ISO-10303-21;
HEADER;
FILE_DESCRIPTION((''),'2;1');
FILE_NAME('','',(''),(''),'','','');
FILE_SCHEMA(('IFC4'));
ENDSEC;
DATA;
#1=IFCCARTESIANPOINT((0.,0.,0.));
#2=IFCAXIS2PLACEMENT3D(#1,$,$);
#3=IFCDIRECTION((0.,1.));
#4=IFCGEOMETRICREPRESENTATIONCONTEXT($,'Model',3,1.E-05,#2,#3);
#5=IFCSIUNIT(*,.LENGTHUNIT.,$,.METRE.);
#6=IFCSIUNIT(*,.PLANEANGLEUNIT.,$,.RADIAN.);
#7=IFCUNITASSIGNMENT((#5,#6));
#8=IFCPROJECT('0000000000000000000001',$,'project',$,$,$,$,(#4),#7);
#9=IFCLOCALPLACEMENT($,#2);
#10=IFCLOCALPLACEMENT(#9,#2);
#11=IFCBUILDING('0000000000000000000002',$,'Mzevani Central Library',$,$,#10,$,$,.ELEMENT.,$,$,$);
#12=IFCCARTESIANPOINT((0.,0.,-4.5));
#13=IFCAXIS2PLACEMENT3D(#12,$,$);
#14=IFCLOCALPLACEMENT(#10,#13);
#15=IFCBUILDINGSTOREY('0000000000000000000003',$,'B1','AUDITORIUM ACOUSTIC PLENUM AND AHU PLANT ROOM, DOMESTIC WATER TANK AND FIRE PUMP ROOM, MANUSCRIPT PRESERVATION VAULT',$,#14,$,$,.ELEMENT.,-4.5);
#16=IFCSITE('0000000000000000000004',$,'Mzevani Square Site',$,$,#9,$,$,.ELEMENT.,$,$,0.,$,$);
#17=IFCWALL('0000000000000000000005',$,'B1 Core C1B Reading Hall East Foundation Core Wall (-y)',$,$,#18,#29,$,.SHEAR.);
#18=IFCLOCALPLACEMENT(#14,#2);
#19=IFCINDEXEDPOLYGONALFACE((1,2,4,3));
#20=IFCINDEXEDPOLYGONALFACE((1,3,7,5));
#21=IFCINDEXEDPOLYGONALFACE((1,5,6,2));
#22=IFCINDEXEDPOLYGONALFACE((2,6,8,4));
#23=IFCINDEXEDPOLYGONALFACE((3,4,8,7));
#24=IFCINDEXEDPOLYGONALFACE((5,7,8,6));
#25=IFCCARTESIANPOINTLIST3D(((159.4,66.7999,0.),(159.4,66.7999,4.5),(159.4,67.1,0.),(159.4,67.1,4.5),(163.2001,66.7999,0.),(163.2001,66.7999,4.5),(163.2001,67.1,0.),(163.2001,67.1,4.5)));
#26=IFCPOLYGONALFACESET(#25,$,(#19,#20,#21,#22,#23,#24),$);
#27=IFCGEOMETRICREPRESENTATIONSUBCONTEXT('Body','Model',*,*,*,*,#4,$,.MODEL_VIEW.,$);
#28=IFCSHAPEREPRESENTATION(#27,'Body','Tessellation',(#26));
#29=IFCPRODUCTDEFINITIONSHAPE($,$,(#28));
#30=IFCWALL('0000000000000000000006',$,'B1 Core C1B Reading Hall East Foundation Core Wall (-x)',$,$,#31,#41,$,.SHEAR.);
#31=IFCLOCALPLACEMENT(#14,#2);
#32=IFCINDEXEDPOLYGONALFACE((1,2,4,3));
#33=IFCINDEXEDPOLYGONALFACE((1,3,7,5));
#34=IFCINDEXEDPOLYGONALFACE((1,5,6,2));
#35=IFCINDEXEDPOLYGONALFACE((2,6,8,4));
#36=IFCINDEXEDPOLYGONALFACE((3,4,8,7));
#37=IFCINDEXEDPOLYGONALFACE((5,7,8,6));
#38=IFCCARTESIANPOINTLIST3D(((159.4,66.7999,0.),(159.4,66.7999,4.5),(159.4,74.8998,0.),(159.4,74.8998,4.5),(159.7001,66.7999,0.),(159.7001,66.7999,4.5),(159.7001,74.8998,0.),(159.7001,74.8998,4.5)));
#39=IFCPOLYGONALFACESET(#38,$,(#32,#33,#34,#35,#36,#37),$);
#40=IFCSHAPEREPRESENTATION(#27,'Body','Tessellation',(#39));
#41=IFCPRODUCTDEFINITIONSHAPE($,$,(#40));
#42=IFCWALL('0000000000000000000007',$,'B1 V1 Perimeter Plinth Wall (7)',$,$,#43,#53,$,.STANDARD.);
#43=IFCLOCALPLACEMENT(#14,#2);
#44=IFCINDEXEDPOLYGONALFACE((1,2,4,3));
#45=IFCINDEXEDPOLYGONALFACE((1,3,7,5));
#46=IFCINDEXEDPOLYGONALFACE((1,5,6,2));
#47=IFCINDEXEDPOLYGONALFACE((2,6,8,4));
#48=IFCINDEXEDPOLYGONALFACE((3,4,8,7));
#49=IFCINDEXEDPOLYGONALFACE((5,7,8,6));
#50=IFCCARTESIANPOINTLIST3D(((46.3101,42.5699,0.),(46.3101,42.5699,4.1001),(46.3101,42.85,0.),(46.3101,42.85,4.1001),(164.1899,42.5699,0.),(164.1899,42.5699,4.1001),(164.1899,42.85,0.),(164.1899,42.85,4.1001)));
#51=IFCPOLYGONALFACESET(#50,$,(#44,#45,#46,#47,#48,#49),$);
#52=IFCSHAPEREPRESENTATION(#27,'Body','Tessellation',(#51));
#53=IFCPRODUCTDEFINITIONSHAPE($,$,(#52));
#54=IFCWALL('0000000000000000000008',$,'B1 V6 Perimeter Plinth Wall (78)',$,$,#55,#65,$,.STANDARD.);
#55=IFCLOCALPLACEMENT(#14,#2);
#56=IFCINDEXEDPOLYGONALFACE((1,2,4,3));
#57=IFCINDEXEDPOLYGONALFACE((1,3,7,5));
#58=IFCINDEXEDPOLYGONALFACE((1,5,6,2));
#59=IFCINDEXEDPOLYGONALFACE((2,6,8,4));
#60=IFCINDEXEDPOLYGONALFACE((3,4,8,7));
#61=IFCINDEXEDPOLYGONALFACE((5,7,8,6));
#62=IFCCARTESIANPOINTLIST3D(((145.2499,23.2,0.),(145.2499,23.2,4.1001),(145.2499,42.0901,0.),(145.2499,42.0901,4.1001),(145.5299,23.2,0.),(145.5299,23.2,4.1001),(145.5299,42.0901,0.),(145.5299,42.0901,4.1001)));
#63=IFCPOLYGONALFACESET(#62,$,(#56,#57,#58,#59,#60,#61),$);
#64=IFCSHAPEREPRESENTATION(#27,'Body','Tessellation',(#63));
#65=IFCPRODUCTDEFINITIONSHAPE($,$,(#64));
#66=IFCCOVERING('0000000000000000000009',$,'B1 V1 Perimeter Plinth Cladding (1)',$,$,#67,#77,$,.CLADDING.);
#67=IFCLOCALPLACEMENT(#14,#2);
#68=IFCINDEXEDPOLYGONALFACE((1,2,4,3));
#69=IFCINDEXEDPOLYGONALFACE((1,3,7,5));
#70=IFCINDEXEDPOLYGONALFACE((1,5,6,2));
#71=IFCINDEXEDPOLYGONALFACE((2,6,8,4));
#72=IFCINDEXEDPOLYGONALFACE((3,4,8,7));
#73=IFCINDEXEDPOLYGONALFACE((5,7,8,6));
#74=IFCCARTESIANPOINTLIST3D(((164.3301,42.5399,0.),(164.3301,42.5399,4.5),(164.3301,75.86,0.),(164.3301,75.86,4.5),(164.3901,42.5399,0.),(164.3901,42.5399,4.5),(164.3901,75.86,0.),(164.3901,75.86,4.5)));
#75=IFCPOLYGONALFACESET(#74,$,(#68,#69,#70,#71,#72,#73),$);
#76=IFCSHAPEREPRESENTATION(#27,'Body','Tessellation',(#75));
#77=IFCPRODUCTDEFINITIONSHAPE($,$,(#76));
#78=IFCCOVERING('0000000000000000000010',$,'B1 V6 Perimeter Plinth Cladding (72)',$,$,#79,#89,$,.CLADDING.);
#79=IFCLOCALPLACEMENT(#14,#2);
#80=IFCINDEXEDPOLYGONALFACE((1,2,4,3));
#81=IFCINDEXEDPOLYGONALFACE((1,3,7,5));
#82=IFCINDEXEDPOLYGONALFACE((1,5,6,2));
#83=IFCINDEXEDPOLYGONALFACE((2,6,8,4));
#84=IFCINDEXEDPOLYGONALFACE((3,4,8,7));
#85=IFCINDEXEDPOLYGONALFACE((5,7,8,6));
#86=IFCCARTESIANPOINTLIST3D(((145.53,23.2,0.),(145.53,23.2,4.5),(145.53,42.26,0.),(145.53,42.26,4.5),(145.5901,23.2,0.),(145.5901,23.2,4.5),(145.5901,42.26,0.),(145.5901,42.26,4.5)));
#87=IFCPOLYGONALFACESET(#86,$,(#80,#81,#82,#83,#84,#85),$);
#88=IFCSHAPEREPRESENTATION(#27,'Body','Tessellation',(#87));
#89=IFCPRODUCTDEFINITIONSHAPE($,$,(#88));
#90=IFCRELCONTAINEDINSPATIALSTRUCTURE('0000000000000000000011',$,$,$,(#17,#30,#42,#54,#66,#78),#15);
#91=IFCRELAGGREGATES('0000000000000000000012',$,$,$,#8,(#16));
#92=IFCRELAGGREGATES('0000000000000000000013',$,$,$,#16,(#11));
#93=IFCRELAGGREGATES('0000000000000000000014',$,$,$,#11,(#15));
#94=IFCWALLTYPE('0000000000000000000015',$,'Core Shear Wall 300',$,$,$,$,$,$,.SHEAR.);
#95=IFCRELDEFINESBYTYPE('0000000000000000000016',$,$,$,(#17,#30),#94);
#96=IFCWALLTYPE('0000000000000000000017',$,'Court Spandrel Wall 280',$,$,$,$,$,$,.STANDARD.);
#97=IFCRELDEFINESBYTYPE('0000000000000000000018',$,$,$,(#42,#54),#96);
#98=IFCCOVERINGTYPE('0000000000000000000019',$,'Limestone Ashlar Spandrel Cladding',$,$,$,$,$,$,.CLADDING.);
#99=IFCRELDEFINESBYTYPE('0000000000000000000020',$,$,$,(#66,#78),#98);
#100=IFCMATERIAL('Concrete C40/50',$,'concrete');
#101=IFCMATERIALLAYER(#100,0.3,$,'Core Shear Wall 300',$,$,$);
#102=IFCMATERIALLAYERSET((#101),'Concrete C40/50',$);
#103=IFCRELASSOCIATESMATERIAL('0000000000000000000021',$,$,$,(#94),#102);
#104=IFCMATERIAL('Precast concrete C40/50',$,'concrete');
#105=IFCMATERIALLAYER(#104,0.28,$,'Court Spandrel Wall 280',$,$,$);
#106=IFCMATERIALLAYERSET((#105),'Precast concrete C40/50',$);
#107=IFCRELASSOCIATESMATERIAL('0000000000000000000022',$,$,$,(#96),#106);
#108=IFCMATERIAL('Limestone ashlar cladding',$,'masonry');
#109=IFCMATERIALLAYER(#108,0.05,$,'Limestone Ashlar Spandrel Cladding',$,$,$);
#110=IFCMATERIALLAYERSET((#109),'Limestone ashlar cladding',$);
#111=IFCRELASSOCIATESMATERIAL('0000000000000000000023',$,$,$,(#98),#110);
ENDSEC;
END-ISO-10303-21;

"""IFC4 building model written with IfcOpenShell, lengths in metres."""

from ifc_helpers import new_model, si_unit, direction, frame, frame_2d, origin, origin_2d, place, context, subcontext, project, spatial, rectangle, extrude, material, layer, layer_set, type_object, element, save


model = new_model("IFC4")

# Units and contexts
model_context = context("Model", 3, precision=1e-05, world=origin(), true_north=direction((0.0, 1.0)))
body_context = subcontext(model_context, "Body", "Model", "MODEL_VIEW")
ifc_project = project(units=[si_unit("LENGTHUNIT", "METRE"), si_unit("PLANEANGLEUNIT", "RADIAN")], contexts=[model_context])

# Site, building, storey
site_placement = place(None, origin())
site = spatial("IfcSite", under=ifc_project, at=site_placement, Name="Mzevani Square Site", CompositionType="ELEMENT", RefElevation=0.0)
building_placement = place(site_placement, origin())
building = spatial("IfcBuilding", under=site, at=building_placement, Name="Mzevani Central Library", CompositionType="ELEMENT")
storey_placement = place(building_placement, frame((0.0, 0.0, -4.5)))
storey = spatial("IfcBuildingStorey", under=building, at=storey_placement, Name="B1", Description="AUDITORIUM ACOUSTIC PLENUM AND AHU PLANT ROOM, DOMESTIC WATER TANK AND FIRE PUMP ROOM, MANUSCRIPT PRESERVATION VAULT", CompositionType="ELEMENT", Elevation=-4.5)

# Shared definitions
ifc_material_1 = material(Name="Concrete C40/50", Category="concrete")

# Walls
ifc_layer_1 = layer(ifc_material_1, 0.3, Name="Core Shear Wall 300")
ifc_layer_set_1 = layer_set([ifc_layer_1], Name="Concrete C40/50")
wall_type_1 = type_object("IfcWallType", Name="Core Shear Wall 300", PredefinedType="SHEAR", material=ifc_layer_set_1)
wall_1_placement = place(storey_placement, frame((163.2, 66.95, 0.0), z_axis=(0.0, 0.0, 1.0), x_axis=(-1.0, 0.0, 0.0)))
element("IfcWall", 1, at=wall_1_placement, inside=storey, type_object=wall_type_1, Name="B1 Core C1B Reading Hall East Foundation Core Wall (-y)", PredefinedType="SHEAR", context=body_context, shape_type="SweptSolid", body=[
    extrude(rectangle(XDim=3.8, YDim=0.3, at=frame_2d((1.8999, 0.0))), origin(), (0.0, 0.0, 1.0), 4.5),
])
wall_2_placement = place(storey_placement, frame((159.55, 66.8, 0.0), z_axis=(0.0, 0.0, 1.0), x_axis=(0.0, 1.0, 0.0)))
element("IfcWall", 2, at=wall_2_placement, inside=storey, type_object=wall_type_1, Name="B1 Core C1B Reading Hall East Foundation Core Wall (-x)", PredefinedType="SHEAR", context=body_context, shape_type="SweptSolid", body=[
    extrude(rectangle(XDim=8.0999, YDim=0.3, at=frame_2d((4.0498, 0.0))), origin(), (0.0, 0.0, 1.0), 4.5),
])
ifc_material_2 = material(Name="Precast concrete C40/50", Category="concrete")
ifc_layer_2 = layer(ifc_material_2, 0.28, Name="Court Spandrel Wall 280")
ifc_layer_set_2 = layer_set([ifc_layer_2], Name="Precast concrete C40/50")
wall_type_2 = type_object("IfcWallType", Name="Court Spandrel Wall 280", PredefinedType="STANDARD", material=ifc_layer_set_2)
wall_3_placement = place(storey_placement, frame((164.1899, 42.71, 0.0), z_axis=(0.0, 0.0, 1.0), x_axis=(-1.0, 0.0, 0.0)))
element("IfcWall", 3, at=wall_3_placement, inside=storey, type_object=wall_type_2, Name="B1 V1 Perimeter Plinth Wall (7)", PredefinedType="STANDARD", context=body_context, shape_type="SweptSolid", body=[
    extrude(rectangle(XDim=117.8799, YDim=0.28, at=frame_2d((58.9399, 0.0))), origin(), (0.0, 0.0, 1.0), 4.1001),
])
wall_4_placement = place(storey_placement, frame((145.3899, 42.0901, 0.0), z_axis=(0.0, 0.0, 1.0), x_axis=(0.0, -1.0, 0.0)))
element("IfcWall", 4, at=wall_4_placement, inside=storey, type_object=wall_type_2, Name="B1 V6 Perimeter Plinth Wall (78)", PredefinedType="STANDARD", context=body_context, shape_type="SweptSolid", body=[
    extrude(rectangle(XDim=18.8901, YDim=0.28, at=frame_2d((9.4451, 0.0))), origin(), (0.0, 0.0, 1.0), 4.1001),
])

# Coverings
ifc_material_3 = material(Name="Limestone ashlar cladding", Category="masonry")
ifc_layer_3 = layer(ifc_material_3, 0.05, Name="Limestone Ashlar Spandrel Cladding")
ifc_layer_set_3 = layer_set([ifc_layer_3], Name="Limestone ashlar cladding")
covering_type = type_object("IfcCoveringType", Name="Limestone Ashlar Spandrel Cladding", PredefinedType="CLADDING", material=ifc_layer_set_3)
covering_1_placement = place(storey_placement, frame((164.3601, 59.2, 0.0), z_axis=(0.0, 0.0, 1.0), x_axis=(0.0, -1.0, 0.0)))
element("IfcCovering", 5, at=covering_1_placement, inside=storey, type_object=covering_type, Name="B1 V1 Perimeter Plinth Cladding (1)", PredefinedType="CLADDING", context=body_context, shape_type="SweptSolid", body=[
    extrude(rectangle(XDim=33.3201, YDim=0.0601, at=origin_2d()), origin(), (0.0, 0.0, 1.0), 4.5),
])
covering_2_placement = place(storey_placement, frame((145.5601, 32.73, 0.0), z_axis=(0.0, 0.0, 1.0), x_axis=(0.0, -1.0, 0.0)))
element("IfcCovering", 6, at=covering_2_placement, inside=storey, type_object=covering_type, Name="B1 V6 Perimeter Plinth Cladding (72)", PredefinedType="CLADDING", context=body_context, shape_type="SweptSolid", body=[
    extrude(rectangle(XDim=19.0601, YDim=0.0601, at=origin_2d()), origin(), (0.0, 0.0, 1.0), 4.5),
])

save(model, "model.ifc")
